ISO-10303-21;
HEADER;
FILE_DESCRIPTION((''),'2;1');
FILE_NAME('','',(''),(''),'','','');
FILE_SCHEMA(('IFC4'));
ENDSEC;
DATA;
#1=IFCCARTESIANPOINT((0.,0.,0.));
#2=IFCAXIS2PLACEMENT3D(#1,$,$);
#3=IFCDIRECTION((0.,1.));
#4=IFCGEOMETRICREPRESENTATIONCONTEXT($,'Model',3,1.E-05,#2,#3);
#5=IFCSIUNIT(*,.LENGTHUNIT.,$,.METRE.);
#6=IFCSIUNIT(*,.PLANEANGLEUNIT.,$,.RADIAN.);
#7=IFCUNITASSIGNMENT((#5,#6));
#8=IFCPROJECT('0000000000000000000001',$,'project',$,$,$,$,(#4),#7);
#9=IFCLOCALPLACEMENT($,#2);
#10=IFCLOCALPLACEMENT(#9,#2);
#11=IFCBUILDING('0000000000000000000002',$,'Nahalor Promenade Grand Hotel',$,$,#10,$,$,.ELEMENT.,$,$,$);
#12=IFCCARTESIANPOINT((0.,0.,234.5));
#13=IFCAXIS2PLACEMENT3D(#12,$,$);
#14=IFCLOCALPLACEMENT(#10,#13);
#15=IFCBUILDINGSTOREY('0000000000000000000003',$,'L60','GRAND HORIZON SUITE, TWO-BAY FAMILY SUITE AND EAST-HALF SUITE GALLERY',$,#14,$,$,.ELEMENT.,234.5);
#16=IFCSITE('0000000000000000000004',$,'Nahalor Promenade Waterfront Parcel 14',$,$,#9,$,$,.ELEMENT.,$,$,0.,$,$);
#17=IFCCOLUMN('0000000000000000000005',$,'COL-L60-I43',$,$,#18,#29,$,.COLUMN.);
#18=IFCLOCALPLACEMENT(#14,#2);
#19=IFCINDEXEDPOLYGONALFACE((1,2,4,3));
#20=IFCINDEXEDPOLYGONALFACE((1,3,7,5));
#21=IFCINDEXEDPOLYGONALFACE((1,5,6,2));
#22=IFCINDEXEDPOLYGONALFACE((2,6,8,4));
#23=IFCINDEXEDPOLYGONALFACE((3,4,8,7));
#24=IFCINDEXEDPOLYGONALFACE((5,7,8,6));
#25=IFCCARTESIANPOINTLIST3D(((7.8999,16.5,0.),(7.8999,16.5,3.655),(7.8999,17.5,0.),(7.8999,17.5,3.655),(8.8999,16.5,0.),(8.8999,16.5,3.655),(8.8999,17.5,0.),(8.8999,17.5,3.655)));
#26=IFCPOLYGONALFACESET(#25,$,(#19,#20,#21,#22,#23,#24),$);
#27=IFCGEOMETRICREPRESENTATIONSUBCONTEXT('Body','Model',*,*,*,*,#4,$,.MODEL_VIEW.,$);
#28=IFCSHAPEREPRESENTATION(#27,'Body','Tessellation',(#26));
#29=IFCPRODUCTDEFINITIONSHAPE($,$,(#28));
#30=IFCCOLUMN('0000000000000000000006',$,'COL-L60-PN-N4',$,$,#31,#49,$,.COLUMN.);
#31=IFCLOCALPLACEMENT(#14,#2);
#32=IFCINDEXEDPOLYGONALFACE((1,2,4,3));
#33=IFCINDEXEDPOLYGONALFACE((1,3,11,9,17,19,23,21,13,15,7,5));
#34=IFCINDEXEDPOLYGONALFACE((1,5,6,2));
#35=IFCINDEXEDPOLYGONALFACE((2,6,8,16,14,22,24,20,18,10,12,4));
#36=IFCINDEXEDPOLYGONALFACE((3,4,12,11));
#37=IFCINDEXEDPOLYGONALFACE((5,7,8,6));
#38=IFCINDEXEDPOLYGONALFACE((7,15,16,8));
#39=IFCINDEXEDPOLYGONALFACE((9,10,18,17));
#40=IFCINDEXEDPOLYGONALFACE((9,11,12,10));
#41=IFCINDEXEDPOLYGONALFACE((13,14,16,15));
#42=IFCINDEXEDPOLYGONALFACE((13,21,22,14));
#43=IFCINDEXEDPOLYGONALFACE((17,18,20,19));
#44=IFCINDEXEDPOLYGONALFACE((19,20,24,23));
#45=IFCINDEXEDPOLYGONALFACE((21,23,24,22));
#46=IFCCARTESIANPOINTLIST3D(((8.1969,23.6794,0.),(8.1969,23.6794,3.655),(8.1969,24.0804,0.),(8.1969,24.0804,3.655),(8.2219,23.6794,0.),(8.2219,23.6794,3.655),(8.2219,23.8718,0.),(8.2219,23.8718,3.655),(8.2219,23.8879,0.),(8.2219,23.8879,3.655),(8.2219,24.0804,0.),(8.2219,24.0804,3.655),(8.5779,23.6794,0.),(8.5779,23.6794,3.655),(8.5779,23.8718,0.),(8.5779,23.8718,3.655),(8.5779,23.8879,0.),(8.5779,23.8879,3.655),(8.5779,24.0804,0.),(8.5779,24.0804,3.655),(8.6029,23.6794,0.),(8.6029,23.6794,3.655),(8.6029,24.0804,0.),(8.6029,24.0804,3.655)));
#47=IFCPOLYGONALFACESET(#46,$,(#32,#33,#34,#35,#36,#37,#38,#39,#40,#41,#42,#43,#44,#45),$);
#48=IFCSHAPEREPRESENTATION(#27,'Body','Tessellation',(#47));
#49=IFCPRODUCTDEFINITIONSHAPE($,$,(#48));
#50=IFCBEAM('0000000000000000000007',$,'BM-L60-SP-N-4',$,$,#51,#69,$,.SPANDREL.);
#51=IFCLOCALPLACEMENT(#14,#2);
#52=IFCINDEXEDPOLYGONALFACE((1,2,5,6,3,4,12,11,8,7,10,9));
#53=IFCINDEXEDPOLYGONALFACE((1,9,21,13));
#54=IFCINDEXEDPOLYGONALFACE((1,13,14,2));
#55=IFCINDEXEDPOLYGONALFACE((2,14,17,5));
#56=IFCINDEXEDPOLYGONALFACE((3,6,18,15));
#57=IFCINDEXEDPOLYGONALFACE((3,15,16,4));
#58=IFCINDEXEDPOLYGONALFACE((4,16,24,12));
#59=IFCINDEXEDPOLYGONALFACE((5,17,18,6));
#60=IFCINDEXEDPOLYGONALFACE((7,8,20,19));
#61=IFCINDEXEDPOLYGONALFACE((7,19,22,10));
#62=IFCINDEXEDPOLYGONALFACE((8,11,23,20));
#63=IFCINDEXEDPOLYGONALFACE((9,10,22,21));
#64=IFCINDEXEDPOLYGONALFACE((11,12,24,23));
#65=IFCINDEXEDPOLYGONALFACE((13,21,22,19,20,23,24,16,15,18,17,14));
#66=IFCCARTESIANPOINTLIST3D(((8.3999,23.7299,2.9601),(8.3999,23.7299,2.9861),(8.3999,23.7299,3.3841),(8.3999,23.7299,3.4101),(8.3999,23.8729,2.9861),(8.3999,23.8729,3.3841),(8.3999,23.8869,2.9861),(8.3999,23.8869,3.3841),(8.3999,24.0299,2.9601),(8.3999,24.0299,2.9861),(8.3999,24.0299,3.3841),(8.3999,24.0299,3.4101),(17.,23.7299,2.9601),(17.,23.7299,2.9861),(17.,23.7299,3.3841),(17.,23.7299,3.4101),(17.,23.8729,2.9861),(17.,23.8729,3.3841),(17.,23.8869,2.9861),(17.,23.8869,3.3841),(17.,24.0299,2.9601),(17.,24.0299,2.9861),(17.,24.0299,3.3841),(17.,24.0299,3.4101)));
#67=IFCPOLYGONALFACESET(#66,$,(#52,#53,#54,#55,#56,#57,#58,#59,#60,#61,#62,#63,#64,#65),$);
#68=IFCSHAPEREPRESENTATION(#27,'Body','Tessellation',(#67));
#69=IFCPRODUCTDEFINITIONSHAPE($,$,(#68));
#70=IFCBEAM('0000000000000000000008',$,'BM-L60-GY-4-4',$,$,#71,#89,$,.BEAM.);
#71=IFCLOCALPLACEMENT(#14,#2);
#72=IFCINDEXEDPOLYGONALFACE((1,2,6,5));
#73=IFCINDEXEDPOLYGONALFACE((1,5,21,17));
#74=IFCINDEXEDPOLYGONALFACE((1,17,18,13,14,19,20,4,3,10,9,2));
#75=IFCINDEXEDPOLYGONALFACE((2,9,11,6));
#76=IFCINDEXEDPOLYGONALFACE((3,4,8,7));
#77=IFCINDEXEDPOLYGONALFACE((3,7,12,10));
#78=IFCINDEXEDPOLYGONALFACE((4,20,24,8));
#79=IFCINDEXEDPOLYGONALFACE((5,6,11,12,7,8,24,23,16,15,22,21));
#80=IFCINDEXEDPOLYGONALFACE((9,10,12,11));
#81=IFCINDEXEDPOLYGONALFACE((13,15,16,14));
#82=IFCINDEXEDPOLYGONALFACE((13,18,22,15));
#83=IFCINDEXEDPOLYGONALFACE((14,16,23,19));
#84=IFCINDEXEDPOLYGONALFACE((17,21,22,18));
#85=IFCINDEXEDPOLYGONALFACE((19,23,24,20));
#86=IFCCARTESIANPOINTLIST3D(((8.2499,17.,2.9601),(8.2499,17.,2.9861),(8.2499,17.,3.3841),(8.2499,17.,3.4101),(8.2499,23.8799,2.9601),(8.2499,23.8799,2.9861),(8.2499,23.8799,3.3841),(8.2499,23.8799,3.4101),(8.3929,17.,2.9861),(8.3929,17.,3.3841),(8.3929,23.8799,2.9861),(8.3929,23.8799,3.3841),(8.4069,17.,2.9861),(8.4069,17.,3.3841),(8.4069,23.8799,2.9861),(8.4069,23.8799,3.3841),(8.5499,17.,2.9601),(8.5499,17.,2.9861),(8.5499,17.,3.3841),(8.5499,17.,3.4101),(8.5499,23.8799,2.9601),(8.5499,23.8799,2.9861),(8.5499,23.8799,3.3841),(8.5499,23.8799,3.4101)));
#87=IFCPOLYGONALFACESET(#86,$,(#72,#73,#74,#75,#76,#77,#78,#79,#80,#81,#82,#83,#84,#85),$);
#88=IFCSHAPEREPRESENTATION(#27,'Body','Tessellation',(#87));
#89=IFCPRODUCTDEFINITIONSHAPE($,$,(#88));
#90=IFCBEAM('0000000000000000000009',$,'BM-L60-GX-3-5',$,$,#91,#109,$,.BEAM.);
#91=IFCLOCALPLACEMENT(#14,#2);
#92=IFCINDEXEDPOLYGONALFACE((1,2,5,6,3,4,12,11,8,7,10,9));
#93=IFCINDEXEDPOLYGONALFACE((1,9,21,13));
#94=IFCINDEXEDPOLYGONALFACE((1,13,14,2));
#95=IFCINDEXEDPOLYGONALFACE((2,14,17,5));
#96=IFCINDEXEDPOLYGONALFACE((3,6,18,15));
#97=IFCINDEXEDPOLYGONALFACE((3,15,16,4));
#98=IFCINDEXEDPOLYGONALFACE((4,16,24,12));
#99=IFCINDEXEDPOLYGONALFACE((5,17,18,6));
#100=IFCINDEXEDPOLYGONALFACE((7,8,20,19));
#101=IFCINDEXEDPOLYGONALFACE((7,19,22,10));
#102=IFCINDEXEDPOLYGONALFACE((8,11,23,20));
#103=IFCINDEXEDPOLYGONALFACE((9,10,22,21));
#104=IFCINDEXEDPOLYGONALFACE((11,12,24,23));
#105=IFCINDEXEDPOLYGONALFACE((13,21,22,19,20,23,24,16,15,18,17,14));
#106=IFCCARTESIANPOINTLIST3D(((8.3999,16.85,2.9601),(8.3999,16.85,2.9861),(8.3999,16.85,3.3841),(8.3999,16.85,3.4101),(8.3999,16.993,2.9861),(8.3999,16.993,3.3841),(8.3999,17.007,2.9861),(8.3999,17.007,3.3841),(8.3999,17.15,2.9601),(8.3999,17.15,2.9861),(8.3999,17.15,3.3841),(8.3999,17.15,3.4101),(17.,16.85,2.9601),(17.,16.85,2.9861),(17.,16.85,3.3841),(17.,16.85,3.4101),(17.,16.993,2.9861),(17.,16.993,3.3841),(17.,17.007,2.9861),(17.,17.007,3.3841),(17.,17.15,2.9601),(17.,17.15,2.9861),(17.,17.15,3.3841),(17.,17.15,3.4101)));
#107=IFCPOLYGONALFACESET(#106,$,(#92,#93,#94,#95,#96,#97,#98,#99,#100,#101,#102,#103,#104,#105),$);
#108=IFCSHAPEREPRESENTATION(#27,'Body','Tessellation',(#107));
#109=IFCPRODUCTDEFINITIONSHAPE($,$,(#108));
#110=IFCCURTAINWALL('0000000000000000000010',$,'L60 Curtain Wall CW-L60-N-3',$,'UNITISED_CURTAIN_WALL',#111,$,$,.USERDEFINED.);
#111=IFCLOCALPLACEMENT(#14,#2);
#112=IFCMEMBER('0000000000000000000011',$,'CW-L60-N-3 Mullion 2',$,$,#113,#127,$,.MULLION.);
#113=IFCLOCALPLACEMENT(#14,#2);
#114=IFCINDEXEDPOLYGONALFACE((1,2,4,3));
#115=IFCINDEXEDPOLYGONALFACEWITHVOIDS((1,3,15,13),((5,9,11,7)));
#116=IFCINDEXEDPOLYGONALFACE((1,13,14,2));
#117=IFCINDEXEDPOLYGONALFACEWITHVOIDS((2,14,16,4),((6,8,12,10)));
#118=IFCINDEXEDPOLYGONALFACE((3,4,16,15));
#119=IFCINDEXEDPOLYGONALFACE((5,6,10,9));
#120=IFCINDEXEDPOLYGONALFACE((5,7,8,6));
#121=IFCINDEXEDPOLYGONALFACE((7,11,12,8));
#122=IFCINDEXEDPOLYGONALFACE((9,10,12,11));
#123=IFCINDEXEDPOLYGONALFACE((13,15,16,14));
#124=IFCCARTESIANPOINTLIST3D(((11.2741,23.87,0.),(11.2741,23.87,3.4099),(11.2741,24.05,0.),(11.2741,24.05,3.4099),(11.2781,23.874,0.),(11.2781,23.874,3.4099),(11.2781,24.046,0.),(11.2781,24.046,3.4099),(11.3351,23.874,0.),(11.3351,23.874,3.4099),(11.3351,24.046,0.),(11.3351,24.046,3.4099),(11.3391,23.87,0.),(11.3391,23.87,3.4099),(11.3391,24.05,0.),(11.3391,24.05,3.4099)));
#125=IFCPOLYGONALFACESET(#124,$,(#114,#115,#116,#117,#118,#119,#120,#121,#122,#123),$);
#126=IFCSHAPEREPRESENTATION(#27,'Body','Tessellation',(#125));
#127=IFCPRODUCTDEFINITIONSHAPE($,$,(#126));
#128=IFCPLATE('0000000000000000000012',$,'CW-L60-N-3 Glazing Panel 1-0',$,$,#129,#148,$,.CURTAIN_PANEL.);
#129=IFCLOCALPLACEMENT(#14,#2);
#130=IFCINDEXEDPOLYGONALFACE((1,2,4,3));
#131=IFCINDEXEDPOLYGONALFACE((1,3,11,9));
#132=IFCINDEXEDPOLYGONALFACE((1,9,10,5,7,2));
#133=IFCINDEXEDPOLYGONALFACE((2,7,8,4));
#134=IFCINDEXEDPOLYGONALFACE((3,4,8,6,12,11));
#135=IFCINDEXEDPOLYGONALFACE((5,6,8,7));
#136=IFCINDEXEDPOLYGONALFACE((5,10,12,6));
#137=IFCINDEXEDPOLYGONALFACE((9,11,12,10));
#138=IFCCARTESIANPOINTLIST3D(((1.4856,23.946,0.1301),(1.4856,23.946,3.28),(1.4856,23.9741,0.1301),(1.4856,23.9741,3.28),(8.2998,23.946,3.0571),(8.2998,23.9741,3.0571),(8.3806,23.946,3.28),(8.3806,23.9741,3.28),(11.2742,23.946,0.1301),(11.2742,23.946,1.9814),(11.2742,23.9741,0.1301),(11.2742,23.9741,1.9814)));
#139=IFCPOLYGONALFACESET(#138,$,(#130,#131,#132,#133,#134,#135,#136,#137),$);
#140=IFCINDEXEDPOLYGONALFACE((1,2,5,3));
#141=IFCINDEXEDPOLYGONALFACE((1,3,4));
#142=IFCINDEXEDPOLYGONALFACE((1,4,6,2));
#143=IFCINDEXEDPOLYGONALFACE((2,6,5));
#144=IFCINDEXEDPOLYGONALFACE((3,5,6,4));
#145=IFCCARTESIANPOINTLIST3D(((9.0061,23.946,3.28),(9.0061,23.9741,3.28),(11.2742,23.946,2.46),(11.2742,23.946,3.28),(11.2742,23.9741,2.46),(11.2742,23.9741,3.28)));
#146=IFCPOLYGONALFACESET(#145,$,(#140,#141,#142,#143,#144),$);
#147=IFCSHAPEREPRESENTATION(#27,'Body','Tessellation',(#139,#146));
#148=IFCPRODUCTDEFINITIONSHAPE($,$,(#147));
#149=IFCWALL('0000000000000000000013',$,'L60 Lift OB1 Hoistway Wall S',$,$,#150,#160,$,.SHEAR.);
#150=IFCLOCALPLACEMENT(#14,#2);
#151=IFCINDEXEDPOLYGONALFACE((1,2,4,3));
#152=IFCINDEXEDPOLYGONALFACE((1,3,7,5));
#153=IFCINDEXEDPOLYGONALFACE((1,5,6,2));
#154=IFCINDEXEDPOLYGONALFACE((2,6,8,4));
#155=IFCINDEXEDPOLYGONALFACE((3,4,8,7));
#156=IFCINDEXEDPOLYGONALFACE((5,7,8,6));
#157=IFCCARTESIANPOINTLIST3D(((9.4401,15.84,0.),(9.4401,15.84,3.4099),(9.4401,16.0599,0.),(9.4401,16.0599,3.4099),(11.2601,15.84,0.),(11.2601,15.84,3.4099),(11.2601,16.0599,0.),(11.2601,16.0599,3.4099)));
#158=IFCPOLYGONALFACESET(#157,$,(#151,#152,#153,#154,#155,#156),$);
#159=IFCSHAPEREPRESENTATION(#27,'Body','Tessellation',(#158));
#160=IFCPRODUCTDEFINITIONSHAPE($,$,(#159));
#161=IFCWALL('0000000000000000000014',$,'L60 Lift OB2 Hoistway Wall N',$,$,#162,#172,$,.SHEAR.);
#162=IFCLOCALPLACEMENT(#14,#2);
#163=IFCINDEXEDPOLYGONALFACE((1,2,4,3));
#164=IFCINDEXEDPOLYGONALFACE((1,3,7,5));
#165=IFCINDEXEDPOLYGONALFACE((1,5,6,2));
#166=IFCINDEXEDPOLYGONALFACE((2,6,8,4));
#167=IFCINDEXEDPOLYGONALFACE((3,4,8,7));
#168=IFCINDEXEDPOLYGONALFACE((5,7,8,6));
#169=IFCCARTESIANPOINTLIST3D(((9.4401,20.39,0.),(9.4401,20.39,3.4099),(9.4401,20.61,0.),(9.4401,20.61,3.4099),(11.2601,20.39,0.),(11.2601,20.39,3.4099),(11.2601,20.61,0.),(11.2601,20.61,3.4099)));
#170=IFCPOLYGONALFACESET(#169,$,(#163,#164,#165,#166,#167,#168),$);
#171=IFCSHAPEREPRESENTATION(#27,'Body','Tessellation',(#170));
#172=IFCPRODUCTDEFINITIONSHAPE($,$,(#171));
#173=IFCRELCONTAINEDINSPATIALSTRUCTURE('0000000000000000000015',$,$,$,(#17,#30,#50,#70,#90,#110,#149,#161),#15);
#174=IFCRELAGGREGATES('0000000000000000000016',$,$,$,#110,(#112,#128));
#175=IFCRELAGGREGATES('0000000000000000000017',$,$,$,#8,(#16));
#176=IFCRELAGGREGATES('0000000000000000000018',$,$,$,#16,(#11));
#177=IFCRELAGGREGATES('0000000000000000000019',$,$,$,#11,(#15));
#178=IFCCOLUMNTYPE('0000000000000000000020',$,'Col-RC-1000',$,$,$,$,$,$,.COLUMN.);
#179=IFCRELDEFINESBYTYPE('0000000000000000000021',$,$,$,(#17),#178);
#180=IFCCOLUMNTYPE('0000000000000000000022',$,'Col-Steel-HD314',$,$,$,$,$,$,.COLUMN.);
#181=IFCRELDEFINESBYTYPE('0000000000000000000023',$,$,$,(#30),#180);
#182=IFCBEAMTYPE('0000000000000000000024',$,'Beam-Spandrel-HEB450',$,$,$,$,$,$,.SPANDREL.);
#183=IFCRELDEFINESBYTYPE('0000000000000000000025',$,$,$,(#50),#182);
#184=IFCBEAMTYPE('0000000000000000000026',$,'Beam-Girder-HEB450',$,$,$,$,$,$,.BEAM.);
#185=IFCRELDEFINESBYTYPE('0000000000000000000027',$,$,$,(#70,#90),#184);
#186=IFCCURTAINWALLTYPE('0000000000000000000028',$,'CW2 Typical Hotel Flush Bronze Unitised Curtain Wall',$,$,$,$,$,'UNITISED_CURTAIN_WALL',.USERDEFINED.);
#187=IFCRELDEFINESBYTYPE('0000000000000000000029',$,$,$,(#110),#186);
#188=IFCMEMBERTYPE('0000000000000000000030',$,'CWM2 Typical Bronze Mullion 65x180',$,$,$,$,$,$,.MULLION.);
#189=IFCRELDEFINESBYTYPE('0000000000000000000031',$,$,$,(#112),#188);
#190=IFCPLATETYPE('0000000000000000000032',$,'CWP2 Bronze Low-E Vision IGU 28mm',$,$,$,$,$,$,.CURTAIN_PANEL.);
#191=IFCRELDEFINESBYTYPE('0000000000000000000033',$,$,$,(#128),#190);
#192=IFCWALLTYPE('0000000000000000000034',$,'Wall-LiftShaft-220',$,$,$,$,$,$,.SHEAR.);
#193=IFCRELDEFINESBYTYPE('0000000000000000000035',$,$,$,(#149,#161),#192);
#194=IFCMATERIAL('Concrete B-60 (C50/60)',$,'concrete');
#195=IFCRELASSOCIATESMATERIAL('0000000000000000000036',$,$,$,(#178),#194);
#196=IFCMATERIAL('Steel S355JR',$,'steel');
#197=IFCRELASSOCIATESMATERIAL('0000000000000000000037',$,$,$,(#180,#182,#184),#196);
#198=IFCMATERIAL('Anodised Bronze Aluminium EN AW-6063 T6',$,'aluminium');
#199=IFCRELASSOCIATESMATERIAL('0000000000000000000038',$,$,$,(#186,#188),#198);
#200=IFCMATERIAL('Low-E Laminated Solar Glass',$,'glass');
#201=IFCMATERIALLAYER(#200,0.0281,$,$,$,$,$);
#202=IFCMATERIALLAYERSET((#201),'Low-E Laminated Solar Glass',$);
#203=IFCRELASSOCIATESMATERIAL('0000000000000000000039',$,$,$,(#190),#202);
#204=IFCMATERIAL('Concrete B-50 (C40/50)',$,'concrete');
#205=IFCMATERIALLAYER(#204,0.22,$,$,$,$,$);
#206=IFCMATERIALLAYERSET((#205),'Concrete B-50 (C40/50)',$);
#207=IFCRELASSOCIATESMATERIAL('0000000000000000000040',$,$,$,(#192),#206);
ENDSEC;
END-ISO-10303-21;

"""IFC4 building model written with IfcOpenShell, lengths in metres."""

from ifc_helpers import new_model, si_unit, direction, frame, frame_2d, origin, origin_2d, place, context, subcontext, project, spatial, polyline, rectangle, hollow_rectangle, i_section, outline, extrude, source, transform, mapped, material, layer, layer_set, material_profile, profile_set, type_object, element, aggregate, save


model = new_model("IFC4")

# Units and contexts
model_context = context("Model", 3, precision=1e-05, world=origin(), true_north=direction((0.0, 1.0)))
body_context = subcontext(model_context, "Body", "Model", "MODEL_VIEW")
ifc_project = project(units=[si_unit("LENGTHUNIT", "METRE"), si_unit("PLANEANGLEUNIT", "RADIAN")], contexts=[model_context])

# Site, building, storey
site_placement = place(None, origin())
site = spatial("IfcSite", under=ifc_project, at=site_placement, Name="Nahalor Promenade Waterfront Parcel 14", CompositionType="ELEMENT", RefElevation=0.0)
building_placement = place(site_placement, origin())
building = spatial("IfcBuilding", under=site, at=building_placement, Name="Nahalor Promenade Grand Hotel", CompositionType="ELEMENT")
storey_placement = place(building_placement, frame((0.0, 0.0, 234.5)))
storey = spatial("IfcBuildingStorey", under=building, at=storey_placement, Name="L60", Description="GRAND HORIZON SUITE, TWO-BAY FAMILY SUITE AND EAST-HALF SUITE GALLERY", CompositionType="ELEMENT", Elevation=234.5)

# Columns
ifc_material_1 = material(Name="Concrete B-60 (C50/60)", Category="concrete")
ifc_material_profile_1 = material_profile(ifc_material_1, rectangle(XDim=1.0, YDim=1.0, at=origin_2d()), Name="RC 1000x1000")
ifc_profile_set_1 = profile_set([ifc_material_profile_1], Name="Concrete B-60 (C50/60)")
column_type_1 = type_object("IfcColumnType", Name="Col-RC-1000", PredefinedType="COLUMN", material=ifc_profile_set_1)
shared_shape_1 = source(origin(), body_context, "Body", "SweptSolid", [
    extrude(rectangle(XDim=1.0, YDim=1.0, at=origin_2d()), origin(), (0.0, 0.0, 1.0), 3.655),
])
column_1_placement = place(storey_placement, frame((8.3999, 17.0, 0.0), z_axis=(0.0, 0.0, 1.0), x_axis=(1.0, 0.0, 0.0)))
element("IfcColumn", 1, at=column_1_placement, inside=storey, type_object=column_type_1, Name="COL-L60-I43", PredefinedType="COLUMN", context=body_context, shape_type="MappedRepresentation", body=[
    mapped(shared_shape_1, transform((0.0, 0.0, 0.0), scale=1.0)),
])
ifc_material_2 = material(Name="Steel S355JR", Category="steel")
ifc_material_profile_2 = material_profile(ifc_material_2, i_section(OverallWidth=0.401, OverallDepth=0.406, WebThickness=0.0161, FlangeThickness=0.025, at=origin_2d()), Name="HD 400x314")
ifc_profile_set_2 = profile_set([ifc_material_profile_2], Name="Steel S355JR")
column_type_2 = type_object("IfcColumnType", Name="Col-Steel-HD314", PredefinedType="COLUMN", material=ifc_profile_set_2)
shared_shape_2 = source(origin(), body_context, "Body", "SweptSolid", [
    extrude(i_section(OverallWidth=0.401, OverallDepth=0.406, WebThickness=0.0161, FlangeThickness=0.025, at=origin_2d()), origin(), (0.0, 0.0, 1.0), 3.655),
])
column_2_placement = place(storey_placement, frame((8.3999, 23.8799, 0.0), z_axis=(0.0, 0.0, 1.0), x_axis=(0.0, 1.0, 0.0)))
element("IfcColumn", 2, at=column_2_placement, inside=storey, type_object=column_type_2, Name="COL-L60-PN-N4", PredefinedType="COLUMN", context=body_context, shape_type="MappedRepresentation", body=[
    mapped(shared_shape_2, transform((0.0, 0.0, 0.0), scale=1.0)),
])

# Beams
ifc_material_profile_3 = material_profile(ifc_material_2, i_section(OverallWidth=0.3, OverallDepth=0.45, WebThickness=0.014, FlangeThickness=0.026, at=origin_2d()), Name="HEB 450")
ifc_profile_set_3 = profile_set([ifc_material_profile_3], Name="Steel S355JR")
beam_type_1 = type_object("IfcBeamType", Name="Beam-Spandrel-HEB450", PredefinedType="SPANDREL", material=ifc_profile_set_3)
shared_shape_3 = source(origin(), body_context, "Body", "SweptSolid", [
    extrude(i_section(OverallWidth=0.3, OverallDepth=0.45, WebThickness=0.014, FlangeThickness=0.026, at=origin_2d()), origin(), (0.0, 0.0, 1.0), 8.6001),
])
beam_1_placement = place(storey_placement, frame((8.3999, 23.8799, 3.1851), z_axis=(1.0, 0.0, 0.0), x_axis=(0.0, 1.0, 0.0)))
element("IfcBeam", 3, at=beam_1_placement, inside=storey, type_object=beam_type_1, Name="BM-L60-SP-N-4", PredefinedType="SPANDREL", context=body_context, shape_type="MappedRepresentation", body=[
    mapped(shared_shape_3, transform((0.0, 0.0, 0.0), scale=1.0)),
])
ifc_material_profile_4 = material_profile(ifc_material_2, i_section(OverallWidth=0.3, OverallDepth=0.45, WebThickness=0.014, FlangeThickness=0.026, at=origin_2d()), Name="HEB 450")
ifc_profile_set_4 = profile_set([ifc_material_profile_4], Name="Steel S355JR")
beam_type_2 = type_object("IfcBeamType", Name="Beam-Girder-HEB450", PredefinedType="BEAM", material=ifc_profile_set_4)
shared_shape_4 = source(origin(), body_context, "Body", "SweptSolid", [
    extrude(i_section(OverallWidth=0.3, OverallDepth=0.45, WebThickness=0.014, FlangeThickness=0.026, at=origin_2d()), origin(), (0.0, 0.0, 1.0), 6.8799),
])
beam_2_placement = place(storey_placement, frame((8.3999, 17.0, 3.1851), z_axis=(0.0, 1.0, 0.0), x_axis=(-1.0, 0.0, 0.0)))
element("IfcBeam", 4, at=beam_2_placement, inside=storey, type_object=beam_type_2, Name="BM-L60-GY-4-4", PredefinedType="BEAM", context=body_context, shape_type="MappedRepresentation", body=[
    mapped(shared_shape_4, transform((0.0, 0.0, 0.0), scale=1.0)),
])
shared_shape_5 = source(origin(), body_context, "Body", "SweptSolid", [
    extrude(i_section(OverallWidth=0.3, OverallDepth=0.45, WebThickness=0.014, FlangeThickness=0.026, at=origin_2d()), origin(), (0.0, 0.0, 1.0), 8.6001),
])
beam_3_placement = place(storey_placement, frame((8.3999, 17.0, 3.1851), z_axis=(1.0, 0.0, 0.0), x_axis=(0.0, 1.0, 0.0)))
element("IfcBeam", 5, at=beam_3_placement, inside=storey, type_object=beam_type_2, Name="BM-L60-GX-3-5", PredefinedType="BEAM", context=body_context, shape_type="MappedRepresentation", body=[
    mapped(shared_shape_5, transform((0.0, 0.0, 0.0), scale=1.0)),
])

# Curtain wall, member, plate
ifc_material_3 = material(Name="Anodised Bronze Aluminium EN AW-6063 T6", Category="aluminium")
curtain_wall_type = type_object("IfcCurtainWallType", Name="CW2 Typical Hotel Flush Bronze Unitised Curtain Wall", ElementType="UNITISED_CURTAIN_WALL", PredefinedType="USERDEFINED", material=ifc_material_3)
curtain_wall_placement = place(storey_placement, origin())
curtain_wall = element("IfcCurtainWall", 6, at=curtain_wall_placement, inside=storey, type_object=curtain_wall_type, Name="L60 Curtain Wall CW-L60-N-3", ObjectType="UNITISED_CURTAIN_WALL", PredefinedType="USERDEFINED")
ifc_material_profile_5 = material_profile(ifc_material_3, hollow_rectangle(XDim=0.065, YDim=0.18, WallThickness=0.004, at=origin_2d()), Name="CWM 65x180x4")
ifc_profile_set_5 = profile_set([ifc_material_profile_5], Name="Anodised Bronze Aluminium EN AW-6063 T6")
member_type = type_object("IfcMemberType", Name="CWM2 Typical Bronze Mullion 65x180", PredefinedType="MULLION", material=ifc_profile_set_5)
shared_shape_6 = source(origin(), body_context, "Body", "SweptSolid", [
    extrude(hollow_rectangle(XDim=0.065, YDim=0.18, WallThickness=0.004, at=origin_2d()), origin(), (0.0, 0.0, 1.0), 3.4099),
])
member_placement = place(storey_placement, frame((11.3066, 23.96, 0.0), z_axis=(0.0, 0.0, 1.0), x_axis=(1.0, 0.0, 0.0)))
member = element("IfcMember", 7, at=member_placement, type_object=member_type, Name="CW-L60-N-3 Mullion 2", PredefinedType="MULLION", context=body_context, shape_type="MappedRepresentation", body=[
    mapped(shared_shape_6, transform((0.0, 0.0, 0.0), scale=1.0)),
])
ifc_material_4 = material(Name="Low-E Laminated Solar Glass", Category="glass")
ifc_layer_1 = layer(ifc_material_4, 0.0281)
ifc_layer_set_1 = layer_set([ifc_layer_1], Name="Low-E Laminated Solar Glass")
plate_type = type_object("IfcPlateType", Name="CWP2 Bronze Low-E Vision IGU 28mm", PredefinedType="CURTAIN_PANEL", material=ifc_layer_set_1)
plate_placement = place(storey_placement, frame((6.3799, 23.96, 0.1301), z_axis=(0.0, 0.0, 1.0), x_axis=(1.0, 0.0, 0.0)))
plate = element("IfcPlate", 8, at=plate_placement, type_object=plate_type, Name="CW-L60-N-3 Glazing Panel 1-0", PredefinedType="CURTAIN_PANEL", context=body_context, shape_type="SweptSolid", body=[
    extrude(outline(polyline([(-4.8943, 0.0), (4.8943, 0.0), (4.8943, 1.8513), (1.9199, 2.927), (2.0007, 3.1499), (-4.8943, 3.1499), (-4.8943, 0.0)])), frame((0.0, 0.0142, 0.0), z_axis=(0.0, -1.0, 0.0), x_axis=(1.0, 0.0, 0.0)), (0.0, 0.0, 1.0), 0.0281),
    extrude(outline(polyline([(4.8943, 2.3298), (4.8943, 3.1499), (2.6262, 3.1499), (4.8943, 2.3298)])), frame((0.0, 0.0142, 0.0), z_axis=(0.0, -1.0, 0.0), x_axis=(1.0, 0.0, 0.0)), (0.0, 0.0, 1.0), 0.0281),
])
aggregate(curtain_wall, [member, plate])

# Walls
ifc_material_5 = material(Name="Concrete B-50 (C40/50)", Category="concrete")
ifc_layer_2 = layer(ifc_material_5, 0.22)
ifc_layer_set_2 = layer_set([ifc_layer_2], Name="Concrete B-50 (C40/50)")
wall_type_1 = type_object("IfcWallType", Name="Wall-LiftShaft-220", PredefinedType="SHEAR", material=ifc_layer_set_2)
shared_shape_7 = source(origin(), body_context, "Body", "SweptSolid", [
    extrude(rectangle(XDim=1.8201, YDim=0.22, at=frame_2d((0.9102, 0.0))), origin(), (0.0, 0.0, 1.0), 3.4099),
])
for number, where, z_axis, x_axis, name in (
    (9, (9.4399, 15.95, 0.0), (0.0, 0.0, 1.0), (1.0, 0.0, 0.0), "L60 Lift OB1 Hoistway Wall S"),
    (10, (9.4399, 20.5, 0.0), (0.0, 0.0, 1.0), (1.0, 0.0, 0.0), "L60 Lift OB2 Hoistway Wall N"),
):
    element("IfcWall", number, at=place(storey_placement, frame(where, z_axis=z_axis, x_axis=x_axis)), inside=storey, type_object=wall_type_1, Name=name, PredefinedType="SHEAR", context=body_context, shape_type="MappedRepresentation", body=[
        mapped(shared_shape_7, transform((0.0, 0.0, 0.0), scale=1.0)),
    ])

save(model, "model.ifc")
